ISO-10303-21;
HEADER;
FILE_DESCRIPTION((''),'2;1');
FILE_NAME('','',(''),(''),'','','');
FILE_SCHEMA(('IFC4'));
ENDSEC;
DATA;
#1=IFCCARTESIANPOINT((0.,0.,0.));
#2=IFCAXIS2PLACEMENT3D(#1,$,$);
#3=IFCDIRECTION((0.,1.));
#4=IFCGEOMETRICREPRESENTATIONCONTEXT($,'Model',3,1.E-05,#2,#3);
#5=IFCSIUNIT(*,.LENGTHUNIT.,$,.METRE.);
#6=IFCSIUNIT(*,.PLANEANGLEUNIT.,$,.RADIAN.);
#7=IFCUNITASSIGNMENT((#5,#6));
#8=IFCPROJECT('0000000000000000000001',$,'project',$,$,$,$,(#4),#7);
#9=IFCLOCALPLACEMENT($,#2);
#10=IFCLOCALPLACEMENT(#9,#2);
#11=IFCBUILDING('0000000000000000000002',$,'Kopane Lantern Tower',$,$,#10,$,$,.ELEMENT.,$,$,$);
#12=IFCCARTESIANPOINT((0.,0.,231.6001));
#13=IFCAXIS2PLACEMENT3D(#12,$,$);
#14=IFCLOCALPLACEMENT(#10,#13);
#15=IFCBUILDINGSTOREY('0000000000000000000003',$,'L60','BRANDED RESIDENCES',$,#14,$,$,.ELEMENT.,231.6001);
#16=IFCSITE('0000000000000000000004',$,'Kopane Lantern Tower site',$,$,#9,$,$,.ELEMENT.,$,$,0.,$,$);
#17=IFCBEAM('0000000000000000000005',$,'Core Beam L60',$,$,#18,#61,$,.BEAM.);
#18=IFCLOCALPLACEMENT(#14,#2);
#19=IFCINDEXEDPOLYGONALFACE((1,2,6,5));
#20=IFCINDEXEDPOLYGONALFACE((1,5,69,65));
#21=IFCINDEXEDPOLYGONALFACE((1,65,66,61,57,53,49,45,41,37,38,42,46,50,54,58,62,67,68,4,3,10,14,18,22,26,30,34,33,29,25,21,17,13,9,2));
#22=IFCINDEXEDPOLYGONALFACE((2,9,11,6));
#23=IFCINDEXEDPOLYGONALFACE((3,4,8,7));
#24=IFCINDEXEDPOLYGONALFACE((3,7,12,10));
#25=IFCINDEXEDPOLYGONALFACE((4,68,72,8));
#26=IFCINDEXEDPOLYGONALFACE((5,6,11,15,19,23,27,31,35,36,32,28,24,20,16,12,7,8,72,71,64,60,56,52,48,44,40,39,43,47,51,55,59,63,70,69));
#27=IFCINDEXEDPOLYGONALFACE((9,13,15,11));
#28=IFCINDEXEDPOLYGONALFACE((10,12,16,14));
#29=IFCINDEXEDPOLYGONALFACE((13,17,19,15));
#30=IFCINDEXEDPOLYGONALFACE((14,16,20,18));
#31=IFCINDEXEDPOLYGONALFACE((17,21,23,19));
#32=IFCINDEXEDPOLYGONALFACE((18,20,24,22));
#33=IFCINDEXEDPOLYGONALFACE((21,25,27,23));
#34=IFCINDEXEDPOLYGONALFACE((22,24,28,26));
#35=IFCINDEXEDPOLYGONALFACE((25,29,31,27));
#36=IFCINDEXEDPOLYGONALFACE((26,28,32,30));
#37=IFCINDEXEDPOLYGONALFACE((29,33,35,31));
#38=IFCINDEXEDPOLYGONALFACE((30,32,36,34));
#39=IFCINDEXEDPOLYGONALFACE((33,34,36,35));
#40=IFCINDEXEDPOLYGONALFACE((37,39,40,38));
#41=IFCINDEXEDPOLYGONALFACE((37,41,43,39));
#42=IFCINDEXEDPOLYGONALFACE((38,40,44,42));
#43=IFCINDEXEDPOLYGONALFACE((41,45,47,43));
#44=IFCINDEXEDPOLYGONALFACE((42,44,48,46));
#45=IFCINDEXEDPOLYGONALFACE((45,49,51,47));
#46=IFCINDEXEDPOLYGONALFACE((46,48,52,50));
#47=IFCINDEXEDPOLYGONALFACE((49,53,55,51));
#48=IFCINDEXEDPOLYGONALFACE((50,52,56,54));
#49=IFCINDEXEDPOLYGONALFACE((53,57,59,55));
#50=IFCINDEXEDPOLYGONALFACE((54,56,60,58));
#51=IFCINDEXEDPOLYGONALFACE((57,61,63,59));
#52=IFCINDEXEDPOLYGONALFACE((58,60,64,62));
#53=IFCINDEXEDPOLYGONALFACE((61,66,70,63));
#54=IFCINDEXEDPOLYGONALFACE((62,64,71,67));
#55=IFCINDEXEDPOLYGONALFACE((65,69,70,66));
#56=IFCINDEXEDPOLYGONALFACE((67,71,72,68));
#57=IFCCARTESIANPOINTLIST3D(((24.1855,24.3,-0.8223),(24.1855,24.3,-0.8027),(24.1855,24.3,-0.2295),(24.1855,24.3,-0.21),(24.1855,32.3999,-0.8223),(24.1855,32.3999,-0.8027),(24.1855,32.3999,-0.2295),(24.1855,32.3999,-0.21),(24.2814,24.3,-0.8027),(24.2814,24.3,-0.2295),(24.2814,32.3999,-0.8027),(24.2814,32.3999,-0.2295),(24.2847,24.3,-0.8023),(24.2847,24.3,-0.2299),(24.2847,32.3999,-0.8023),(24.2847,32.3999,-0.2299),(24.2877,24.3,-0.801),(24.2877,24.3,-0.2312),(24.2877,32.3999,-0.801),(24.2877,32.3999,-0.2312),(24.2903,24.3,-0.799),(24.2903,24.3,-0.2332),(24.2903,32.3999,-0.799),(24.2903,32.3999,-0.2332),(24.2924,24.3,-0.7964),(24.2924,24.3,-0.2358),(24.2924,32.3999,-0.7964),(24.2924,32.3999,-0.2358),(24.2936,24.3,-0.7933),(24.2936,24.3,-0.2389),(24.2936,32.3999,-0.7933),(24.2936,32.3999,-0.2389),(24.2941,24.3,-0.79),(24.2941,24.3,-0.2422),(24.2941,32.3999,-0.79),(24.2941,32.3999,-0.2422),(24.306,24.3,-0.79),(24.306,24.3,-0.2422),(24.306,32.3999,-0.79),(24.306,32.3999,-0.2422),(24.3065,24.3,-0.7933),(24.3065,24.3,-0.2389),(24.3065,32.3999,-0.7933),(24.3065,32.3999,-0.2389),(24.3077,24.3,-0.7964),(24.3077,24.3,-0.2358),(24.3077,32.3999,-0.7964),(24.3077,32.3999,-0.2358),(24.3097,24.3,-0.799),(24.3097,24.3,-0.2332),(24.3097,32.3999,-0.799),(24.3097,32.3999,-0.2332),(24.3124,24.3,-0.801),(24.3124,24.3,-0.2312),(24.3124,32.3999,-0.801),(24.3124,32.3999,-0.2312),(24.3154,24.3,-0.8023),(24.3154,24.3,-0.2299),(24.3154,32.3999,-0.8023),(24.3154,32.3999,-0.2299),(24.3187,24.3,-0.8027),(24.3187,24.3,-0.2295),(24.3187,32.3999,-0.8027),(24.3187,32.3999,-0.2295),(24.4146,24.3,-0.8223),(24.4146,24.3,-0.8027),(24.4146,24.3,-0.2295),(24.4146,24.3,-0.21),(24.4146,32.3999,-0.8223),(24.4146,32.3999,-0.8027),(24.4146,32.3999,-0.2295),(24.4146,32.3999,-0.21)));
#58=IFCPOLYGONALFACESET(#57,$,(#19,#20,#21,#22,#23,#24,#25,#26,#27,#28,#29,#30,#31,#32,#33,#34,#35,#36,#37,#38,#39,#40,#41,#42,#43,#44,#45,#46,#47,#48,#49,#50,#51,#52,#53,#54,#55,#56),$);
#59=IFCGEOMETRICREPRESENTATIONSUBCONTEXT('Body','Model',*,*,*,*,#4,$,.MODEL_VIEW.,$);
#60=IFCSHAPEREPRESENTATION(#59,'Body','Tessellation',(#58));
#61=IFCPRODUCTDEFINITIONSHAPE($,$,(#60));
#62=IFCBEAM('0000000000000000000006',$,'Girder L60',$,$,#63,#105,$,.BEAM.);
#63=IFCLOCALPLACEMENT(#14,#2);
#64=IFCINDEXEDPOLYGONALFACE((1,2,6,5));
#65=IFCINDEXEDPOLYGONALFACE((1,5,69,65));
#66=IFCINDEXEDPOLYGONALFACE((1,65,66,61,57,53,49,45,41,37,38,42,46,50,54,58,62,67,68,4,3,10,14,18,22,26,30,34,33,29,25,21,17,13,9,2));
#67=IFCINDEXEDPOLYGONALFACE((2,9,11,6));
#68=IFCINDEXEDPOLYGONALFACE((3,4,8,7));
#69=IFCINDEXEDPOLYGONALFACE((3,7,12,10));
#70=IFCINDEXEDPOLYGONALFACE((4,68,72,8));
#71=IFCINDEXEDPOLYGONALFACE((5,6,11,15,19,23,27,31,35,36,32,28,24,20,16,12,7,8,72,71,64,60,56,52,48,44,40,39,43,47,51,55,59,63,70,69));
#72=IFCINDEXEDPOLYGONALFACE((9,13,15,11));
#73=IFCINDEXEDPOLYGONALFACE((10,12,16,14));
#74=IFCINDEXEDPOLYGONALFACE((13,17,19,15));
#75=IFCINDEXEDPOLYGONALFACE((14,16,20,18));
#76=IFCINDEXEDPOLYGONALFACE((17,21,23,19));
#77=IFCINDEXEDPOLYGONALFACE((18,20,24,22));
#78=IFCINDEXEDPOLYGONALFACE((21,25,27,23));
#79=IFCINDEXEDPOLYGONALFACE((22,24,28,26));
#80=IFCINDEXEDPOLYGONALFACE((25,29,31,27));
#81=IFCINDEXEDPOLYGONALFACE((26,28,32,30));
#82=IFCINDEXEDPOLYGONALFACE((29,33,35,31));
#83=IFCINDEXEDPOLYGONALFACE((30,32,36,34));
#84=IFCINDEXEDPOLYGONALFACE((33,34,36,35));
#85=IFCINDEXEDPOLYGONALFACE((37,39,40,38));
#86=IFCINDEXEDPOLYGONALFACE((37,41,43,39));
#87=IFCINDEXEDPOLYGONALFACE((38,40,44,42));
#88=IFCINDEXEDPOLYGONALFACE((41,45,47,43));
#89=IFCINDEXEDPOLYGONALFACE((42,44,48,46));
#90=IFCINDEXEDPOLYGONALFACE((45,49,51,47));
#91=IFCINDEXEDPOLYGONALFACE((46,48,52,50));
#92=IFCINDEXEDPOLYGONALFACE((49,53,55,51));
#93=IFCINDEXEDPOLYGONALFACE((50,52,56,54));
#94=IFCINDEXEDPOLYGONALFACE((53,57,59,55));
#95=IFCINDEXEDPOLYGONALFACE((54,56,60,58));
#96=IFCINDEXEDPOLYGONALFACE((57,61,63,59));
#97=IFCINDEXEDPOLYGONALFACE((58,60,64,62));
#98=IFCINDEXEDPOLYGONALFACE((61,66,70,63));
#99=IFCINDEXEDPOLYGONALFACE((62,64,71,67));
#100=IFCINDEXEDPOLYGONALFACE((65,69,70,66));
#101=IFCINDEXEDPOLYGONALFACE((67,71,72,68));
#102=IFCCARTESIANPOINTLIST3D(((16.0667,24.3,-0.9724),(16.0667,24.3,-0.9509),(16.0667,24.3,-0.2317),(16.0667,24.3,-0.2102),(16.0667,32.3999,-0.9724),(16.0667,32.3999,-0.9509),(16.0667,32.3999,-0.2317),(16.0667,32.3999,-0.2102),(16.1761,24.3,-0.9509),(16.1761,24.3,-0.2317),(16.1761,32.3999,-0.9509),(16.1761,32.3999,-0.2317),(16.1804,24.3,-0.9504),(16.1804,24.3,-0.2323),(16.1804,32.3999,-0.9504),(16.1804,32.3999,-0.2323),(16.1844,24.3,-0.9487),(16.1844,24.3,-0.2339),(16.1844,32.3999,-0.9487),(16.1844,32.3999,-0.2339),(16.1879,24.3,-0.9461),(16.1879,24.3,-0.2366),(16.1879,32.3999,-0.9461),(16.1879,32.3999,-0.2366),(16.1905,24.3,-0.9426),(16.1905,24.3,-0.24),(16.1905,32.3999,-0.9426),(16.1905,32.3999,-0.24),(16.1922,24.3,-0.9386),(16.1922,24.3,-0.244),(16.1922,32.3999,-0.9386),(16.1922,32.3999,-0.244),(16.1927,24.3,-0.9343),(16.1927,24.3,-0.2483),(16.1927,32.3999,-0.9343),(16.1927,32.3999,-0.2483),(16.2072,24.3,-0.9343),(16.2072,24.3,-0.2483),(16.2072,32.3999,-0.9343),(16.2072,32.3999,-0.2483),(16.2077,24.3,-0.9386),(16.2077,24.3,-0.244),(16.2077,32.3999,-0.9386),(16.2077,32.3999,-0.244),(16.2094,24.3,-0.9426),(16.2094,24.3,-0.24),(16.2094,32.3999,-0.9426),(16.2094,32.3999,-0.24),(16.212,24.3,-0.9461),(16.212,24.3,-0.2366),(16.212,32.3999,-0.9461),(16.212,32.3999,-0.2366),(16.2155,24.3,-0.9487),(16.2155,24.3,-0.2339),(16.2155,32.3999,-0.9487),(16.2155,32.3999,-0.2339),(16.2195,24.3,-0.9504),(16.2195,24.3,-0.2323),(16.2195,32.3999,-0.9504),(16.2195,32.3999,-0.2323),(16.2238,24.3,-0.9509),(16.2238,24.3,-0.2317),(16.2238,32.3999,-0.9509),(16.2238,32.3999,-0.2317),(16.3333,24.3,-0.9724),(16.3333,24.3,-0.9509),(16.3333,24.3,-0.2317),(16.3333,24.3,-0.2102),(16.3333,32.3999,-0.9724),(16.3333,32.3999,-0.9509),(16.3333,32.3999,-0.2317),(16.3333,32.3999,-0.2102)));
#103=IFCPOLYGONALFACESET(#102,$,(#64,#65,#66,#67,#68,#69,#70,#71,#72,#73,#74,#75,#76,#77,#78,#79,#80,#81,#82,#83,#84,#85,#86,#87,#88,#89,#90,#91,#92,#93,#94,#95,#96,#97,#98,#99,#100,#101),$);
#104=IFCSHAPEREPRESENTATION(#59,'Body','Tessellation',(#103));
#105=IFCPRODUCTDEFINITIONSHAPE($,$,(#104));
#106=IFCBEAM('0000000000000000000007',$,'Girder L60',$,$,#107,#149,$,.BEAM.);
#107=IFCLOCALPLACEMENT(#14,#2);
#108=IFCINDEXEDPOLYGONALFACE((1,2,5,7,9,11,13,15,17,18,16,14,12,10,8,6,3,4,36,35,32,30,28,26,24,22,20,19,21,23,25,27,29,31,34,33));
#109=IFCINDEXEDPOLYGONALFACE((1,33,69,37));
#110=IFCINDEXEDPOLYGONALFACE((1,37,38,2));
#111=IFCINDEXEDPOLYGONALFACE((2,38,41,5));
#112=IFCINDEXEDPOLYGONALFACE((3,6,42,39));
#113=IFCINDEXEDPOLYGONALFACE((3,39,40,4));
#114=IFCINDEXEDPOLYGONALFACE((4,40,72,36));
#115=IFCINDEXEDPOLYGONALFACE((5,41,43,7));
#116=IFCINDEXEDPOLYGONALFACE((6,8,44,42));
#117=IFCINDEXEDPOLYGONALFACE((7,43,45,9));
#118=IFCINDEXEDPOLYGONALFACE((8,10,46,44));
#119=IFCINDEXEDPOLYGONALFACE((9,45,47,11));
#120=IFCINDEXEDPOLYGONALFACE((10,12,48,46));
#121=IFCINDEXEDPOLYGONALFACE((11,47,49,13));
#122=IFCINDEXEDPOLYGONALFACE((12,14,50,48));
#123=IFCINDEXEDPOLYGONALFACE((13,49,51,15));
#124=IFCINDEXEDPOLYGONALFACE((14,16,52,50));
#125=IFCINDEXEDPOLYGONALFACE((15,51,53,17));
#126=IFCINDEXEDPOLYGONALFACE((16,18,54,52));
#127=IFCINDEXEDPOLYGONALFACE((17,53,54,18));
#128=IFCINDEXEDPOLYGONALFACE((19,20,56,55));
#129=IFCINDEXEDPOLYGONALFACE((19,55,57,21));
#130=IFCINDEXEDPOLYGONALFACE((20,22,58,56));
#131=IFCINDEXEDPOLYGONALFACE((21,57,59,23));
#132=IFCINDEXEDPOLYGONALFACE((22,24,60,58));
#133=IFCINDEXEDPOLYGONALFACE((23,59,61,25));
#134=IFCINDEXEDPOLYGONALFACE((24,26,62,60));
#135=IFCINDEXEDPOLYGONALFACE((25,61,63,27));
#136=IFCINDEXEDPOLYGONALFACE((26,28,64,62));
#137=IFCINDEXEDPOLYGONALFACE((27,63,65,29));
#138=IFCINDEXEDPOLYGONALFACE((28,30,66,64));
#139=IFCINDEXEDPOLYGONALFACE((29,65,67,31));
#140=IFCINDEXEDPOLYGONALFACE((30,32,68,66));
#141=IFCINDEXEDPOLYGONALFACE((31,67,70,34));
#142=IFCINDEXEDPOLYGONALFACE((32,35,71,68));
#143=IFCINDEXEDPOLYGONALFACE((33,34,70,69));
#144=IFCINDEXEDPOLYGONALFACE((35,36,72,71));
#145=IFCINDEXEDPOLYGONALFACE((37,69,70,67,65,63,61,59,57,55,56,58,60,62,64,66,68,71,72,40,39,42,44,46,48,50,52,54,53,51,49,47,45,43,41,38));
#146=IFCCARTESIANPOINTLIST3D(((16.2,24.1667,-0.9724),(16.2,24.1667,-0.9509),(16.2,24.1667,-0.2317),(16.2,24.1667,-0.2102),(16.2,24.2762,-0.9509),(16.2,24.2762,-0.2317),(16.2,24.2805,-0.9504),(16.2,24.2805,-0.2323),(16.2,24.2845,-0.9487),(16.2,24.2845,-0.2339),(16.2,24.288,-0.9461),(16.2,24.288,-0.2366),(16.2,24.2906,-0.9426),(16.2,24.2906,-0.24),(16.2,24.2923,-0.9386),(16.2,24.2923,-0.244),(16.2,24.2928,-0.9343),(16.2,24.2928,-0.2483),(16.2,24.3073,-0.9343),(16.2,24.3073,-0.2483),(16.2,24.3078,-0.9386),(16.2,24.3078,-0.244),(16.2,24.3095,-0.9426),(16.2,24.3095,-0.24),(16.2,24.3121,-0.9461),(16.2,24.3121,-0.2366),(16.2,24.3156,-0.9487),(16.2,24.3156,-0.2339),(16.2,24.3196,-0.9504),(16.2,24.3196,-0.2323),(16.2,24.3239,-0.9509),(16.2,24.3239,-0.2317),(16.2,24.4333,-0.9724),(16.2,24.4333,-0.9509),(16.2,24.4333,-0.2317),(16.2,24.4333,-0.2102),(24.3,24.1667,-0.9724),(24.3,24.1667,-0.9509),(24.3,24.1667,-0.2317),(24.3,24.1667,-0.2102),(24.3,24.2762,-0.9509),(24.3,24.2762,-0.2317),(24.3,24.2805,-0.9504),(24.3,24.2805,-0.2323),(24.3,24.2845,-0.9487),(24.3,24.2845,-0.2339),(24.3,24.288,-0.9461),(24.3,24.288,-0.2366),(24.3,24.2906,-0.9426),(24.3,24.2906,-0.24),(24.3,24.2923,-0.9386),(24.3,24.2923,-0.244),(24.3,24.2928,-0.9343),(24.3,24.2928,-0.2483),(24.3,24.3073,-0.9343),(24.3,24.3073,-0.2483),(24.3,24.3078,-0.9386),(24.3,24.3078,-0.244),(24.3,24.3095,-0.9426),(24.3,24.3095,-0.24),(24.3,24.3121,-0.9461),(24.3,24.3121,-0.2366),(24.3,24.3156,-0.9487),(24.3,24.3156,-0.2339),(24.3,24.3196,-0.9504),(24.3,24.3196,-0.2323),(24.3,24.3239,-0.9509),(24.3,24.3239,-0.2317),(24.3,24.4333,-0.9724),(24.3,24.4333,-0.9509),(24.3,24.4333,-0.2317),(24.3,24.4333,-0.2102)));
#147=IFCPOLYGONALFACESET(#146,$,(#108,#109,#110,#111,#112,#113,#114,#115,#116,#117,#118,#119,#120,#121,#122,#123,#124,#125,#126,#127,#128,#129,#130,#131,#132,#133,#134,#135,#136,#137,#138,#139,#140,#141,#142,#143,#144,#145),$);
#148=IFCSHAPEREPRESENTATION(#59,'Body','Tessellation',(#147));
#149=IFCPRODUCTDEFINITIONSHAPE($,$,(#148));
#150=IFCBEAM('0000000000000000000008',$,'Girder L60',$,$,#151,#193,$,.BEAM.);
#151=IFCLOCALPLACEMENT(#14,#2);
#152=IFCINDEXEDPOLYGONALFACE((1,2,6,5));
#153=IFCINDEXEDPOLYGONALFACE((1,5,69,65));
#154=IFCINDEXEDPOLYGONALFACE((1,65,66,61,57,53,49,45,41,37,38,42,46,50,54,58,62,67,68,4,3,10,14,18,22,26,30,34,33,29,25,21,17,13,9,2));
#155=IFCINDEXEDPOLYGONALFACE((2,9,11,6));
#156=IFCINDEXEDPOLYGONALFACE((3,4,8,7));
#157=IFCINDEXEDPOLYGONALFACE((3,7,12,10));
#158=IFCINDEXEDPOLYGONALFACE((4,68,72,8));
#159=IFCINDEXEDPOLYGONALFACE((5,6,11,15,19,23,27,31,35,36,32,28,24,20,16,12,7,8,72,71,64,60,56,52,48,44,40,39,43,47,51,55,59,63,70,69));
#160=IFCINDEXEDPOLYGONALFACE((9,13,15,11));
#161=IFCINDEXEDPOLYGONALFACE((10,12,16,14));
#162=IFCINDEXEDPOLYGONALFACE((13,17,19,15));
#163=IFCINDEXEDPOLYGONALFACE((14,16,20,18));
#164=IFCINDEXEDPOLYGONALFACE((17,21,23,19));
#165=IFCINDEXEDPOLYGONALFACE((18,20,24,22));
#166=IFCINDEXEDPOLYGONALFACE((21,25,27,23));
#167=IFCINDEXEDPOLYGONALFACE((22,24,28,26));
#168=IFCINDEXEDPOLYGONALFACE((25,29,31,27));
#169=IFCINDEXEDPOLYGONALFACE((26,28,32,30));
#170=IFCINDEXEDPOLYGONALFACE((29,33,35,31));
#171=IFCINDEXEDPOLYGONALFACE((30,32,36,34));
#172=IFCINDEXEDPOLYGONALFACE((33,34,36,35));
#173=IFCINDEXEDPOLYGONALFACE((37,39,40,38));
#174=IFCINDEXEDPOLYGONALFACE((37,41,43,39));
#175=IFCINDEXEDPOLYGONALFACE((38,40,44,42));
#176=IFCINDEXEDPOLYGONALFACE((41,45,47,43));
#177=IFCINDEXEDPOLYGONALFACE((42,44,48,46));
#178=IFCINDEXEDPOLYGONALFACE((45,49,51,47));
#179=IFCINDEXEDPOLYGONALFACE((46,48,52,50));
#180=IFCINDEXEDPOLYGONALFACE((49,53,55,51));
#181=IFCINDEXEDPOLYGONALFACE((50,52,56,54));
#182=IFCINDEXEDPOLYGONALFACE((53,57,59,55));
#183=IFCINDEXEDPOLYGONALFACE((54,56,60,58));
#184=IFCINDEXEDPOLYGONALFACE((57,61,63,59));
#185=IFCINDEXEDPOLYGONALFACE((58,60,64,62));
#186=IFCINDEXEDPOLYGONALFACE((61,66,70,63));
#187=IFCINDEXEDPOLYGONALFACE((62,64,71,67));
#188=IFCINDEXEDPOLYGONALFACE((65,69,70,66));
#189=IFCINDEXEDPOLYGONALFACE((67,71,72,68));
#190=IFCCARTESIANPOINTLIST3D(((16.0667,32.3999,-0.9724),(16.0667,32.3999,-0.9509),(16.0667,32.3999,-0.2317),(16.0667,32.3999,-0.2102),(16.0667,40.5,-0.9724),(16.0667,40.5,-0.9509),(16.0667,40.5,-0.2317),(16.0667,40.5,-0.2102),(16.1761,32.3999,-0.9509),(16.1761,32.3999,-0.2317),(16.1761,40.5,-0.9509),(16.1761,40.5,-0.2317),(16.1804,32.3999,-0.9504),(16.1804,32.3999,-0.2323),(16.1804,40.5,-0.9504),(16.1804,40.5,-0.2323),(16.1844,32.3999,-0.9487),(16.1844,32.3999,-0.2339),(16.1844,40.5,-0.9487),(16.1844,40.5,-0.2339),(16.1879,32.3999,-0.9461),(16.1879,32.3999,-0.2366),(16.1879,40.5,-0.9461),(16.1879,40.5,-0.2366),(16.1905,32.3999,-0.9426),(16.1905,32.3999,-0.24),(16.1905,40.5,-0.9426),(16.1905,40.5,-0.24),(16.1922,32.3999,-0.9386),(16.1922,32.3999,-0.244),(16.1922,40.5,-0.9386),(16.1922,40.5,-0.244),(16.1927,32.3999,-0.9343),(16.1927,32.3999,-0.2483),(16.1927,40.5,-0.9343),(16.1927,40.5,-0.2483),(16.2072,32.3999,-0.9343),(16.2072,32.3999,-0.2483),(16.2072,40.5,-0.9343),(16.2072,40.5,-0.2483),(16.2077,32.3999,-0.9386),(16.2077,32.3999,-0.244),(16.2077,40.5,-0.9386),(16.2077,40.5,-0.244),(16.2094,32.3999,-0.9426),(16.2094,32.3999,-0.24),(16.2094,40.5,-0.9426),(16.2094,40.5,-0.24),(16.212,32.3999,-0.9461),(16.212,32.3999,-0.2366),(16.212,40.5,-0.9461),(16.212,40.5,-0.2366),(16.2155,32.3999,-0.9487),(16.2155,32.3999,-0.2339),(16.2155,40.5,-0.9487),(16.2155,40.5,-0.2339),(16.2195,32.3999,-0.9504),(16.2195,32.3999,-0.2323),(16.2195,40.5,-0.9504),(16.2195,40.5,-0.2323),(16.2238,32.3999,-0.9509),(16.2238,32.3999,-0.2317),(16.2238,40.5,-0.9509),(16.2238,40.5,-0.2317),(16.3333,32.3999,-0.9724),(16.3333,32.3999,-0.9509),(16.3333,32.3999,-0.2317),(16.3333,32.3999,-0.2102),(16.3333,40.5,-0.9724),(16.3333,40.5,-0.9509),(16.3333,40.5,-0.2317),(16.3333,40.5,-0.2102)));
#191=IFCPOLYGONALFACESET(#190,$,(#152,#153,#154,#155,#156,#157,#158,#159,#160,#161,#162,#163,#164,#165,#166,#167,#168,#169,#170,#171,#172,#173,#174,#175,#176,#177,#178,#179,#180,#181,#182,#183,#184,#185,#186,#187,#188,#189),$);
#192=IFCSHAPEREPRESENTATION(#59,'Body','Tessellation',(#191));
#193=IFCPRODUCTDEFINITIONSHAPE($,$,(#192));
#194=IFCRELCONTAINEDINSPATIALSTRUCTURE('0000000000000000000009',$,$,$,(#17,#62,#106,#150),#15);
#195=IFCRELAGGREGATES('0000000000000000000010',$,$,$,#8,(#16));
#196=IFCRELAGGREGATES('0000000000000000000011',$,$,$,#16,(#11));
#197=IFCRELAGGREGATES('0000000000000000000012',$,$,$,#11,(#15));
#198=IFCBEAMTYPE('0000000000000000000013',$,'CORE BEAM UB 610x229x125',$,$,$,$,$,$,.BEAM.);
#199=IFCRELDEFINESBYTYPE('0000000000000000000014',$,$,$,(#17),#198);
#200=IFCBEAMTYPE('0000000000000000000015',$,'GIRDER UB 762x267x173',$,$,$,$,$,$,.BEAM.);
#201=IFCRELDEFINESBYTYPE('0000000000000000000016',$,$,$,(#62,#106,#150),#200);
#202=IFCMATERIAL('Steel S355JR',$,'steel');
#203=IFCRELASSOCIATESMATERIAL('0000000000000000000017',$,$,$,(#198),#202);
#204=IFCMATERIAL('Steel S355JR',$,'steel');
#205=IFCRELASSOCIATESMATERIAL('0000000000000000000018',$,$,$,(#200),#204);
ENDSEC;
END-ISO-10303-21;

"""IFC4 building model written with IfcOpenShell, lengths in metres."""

from ifc_helpers import new_model, si_unit, direction, frame, origin, origin_2d, place, context, subcontext, project, spatial, i_section, extrude, material, material_profile, profile_set, type_object, element, save


model = new_model("IFC4")

# Units and contexts
model_context = context("Model", 3, precision=1e-05, world=origin(), true_north=direction((0.0, 1.0)))
body_context = subcontext(model_context, "Body", "Model", "MODEL_VIEW")
ifc_project = project(units=[si_unit("LENGTHUNIT", "METRE"), si_unit("PLANEANGLEUNIT", "RADIAN")], contexts=[model_context])

# Site, building, storey
site_placement = place(None, origin())
site = spatial("IfcSite", under=ifc_project, at=site_placement, Name="Kopane Lantern Tower site", CompositionType="ELEMENT", RefElevation=0.0)
building_placement = place(site_placement, origin())
building = spatial("IfcBuilding", under=site, at=building_placement, Name="Kopane Lantern Tower", CompositionType="ELEMENT")
storey_placement = place(building_placement, frame((0.0, 0.0, 231.6001)))
storey = spatial("IfcBuildingStorey", under=building, at=storey_placement, Name="L60", Description="BRANDED RESIDENCES", CompositionType="ELEMENT", Elevation=231.6001)

# Beams
ifc_material_1 = material(Name="Steel S355JR", Category="steel")
ifc_material_profile_1 = material_profile(ifc_material_1, i_section(OverallWidth=0.229, OverallDepth=0.6123, WebThickness=0.012, FlangeThickness=0.0195, FilletRadius=0.0127, at=origin_2d()), Name="UB 610x229x125")
ifc_profile_set_1 = profile_set([ifc_material_profile_1], Name="Steel S355JR")
beam_type_1 = type_object("IfcBeamType", Name="CORE BEAM UB 610x229x125", PredefinedType="BEAM", material=ifc_profile_set_1)
beam_1_placement = place(storey_placement, frame((24.3, 24.3, -0.5161), z_axis=(0.0, 1.0, 0.0), x_axis=(-1.0, 0.0, 0.0)))
element("IfcBeam", 1, at=beam_1_placement, inside=storey, type_object=beam_type_1, Name="Core Beam L60", PredefinedType="BEAM", context=body_context, shape_type="SweptSolid", body=[
    extrude(i_section(OverallWidth=0.229, OverallDepth=0.6123, WebThickness=0.012, FlangeThickness=0.0195, FilletRadius=0.0127, at=origin_2d()), origin(), (0.0, 0.0, 1.0), 8.0999),
])
ifc_material_2 = material(Name="Steel S355JR", Category="steel")
ifc_material_profile_2 = material_profile(ifc_material_2, i_section(OverallWidth=0.2666, OverallDepth=0.7622, WebThickness=0.0144, FlangeThickness=0.0215, FilletRadius=0.0166, at=origin_2d()), Name="UB 762x267x173")
ifc_profile_set_2 = profile_set([ifc_material_profile_2], Name="Steel S355JR")
beam_type_2 = type_object("IfcBeamType", Name="GIRDER UB 762x267x173", PredefinedType="BEAM", material=ifc_profile_set_2)
beam_2_placement = place(storey_placement, frame((16.2, 24.3, -0.5913), z_axis=(0.0, 1.0, 0.0), x_axis=(-1.0, 0.0, 0.0)))
element("IfcBeam", 2, at=beam_2_placement, inside=storey, type_object=beam_type_2, Name="Girder L60", PredefinedType="BEAM", context=body_context, shape_type="SweptSolid", body=[
    extrude(i_section(OverallWidth=0.2666, OverallDepth=0.7622, WebThickness=0.0144, FlangeThickness=0.0215, FilletRadius=0.0166, at=origin_2d()), origin(), (0.0, 0.0, 1.0), 8.0999),
])
for number, where, z_axis, x_axis, name in (
    (3, (16.2, 24.3, -0.5913), (1.0, 0.0, 0.0), (0.0, 1.0, 0.0), "Girder L60"),
    (4, (16.2, 32.3999, -0.5913), (0.0, 1.0, 0.0), (-1.0, 0.0, 0.0), "Girder L60"),
):
    element("IfcBeam", number, at=place(storey_placement, frame(where, z_axis=z_axis, x_axis=x_axis)), inside=storey, type_object=beam_type_2, Name=name, PredefinedType="BEAM", context=body_context, shape_type="SweptSolid", body=[
        extrude(i_section(OverallWidth=0.2666, OverallDepth=0.7622, WebThickness=0.0144, FlangeThickness=0.0215, FilletRadius=0.0166, at=origin_2d()), origin(), (0.0, 0.0, 1.0), 8.1001),
    ])

save(model, "model.ifc")
